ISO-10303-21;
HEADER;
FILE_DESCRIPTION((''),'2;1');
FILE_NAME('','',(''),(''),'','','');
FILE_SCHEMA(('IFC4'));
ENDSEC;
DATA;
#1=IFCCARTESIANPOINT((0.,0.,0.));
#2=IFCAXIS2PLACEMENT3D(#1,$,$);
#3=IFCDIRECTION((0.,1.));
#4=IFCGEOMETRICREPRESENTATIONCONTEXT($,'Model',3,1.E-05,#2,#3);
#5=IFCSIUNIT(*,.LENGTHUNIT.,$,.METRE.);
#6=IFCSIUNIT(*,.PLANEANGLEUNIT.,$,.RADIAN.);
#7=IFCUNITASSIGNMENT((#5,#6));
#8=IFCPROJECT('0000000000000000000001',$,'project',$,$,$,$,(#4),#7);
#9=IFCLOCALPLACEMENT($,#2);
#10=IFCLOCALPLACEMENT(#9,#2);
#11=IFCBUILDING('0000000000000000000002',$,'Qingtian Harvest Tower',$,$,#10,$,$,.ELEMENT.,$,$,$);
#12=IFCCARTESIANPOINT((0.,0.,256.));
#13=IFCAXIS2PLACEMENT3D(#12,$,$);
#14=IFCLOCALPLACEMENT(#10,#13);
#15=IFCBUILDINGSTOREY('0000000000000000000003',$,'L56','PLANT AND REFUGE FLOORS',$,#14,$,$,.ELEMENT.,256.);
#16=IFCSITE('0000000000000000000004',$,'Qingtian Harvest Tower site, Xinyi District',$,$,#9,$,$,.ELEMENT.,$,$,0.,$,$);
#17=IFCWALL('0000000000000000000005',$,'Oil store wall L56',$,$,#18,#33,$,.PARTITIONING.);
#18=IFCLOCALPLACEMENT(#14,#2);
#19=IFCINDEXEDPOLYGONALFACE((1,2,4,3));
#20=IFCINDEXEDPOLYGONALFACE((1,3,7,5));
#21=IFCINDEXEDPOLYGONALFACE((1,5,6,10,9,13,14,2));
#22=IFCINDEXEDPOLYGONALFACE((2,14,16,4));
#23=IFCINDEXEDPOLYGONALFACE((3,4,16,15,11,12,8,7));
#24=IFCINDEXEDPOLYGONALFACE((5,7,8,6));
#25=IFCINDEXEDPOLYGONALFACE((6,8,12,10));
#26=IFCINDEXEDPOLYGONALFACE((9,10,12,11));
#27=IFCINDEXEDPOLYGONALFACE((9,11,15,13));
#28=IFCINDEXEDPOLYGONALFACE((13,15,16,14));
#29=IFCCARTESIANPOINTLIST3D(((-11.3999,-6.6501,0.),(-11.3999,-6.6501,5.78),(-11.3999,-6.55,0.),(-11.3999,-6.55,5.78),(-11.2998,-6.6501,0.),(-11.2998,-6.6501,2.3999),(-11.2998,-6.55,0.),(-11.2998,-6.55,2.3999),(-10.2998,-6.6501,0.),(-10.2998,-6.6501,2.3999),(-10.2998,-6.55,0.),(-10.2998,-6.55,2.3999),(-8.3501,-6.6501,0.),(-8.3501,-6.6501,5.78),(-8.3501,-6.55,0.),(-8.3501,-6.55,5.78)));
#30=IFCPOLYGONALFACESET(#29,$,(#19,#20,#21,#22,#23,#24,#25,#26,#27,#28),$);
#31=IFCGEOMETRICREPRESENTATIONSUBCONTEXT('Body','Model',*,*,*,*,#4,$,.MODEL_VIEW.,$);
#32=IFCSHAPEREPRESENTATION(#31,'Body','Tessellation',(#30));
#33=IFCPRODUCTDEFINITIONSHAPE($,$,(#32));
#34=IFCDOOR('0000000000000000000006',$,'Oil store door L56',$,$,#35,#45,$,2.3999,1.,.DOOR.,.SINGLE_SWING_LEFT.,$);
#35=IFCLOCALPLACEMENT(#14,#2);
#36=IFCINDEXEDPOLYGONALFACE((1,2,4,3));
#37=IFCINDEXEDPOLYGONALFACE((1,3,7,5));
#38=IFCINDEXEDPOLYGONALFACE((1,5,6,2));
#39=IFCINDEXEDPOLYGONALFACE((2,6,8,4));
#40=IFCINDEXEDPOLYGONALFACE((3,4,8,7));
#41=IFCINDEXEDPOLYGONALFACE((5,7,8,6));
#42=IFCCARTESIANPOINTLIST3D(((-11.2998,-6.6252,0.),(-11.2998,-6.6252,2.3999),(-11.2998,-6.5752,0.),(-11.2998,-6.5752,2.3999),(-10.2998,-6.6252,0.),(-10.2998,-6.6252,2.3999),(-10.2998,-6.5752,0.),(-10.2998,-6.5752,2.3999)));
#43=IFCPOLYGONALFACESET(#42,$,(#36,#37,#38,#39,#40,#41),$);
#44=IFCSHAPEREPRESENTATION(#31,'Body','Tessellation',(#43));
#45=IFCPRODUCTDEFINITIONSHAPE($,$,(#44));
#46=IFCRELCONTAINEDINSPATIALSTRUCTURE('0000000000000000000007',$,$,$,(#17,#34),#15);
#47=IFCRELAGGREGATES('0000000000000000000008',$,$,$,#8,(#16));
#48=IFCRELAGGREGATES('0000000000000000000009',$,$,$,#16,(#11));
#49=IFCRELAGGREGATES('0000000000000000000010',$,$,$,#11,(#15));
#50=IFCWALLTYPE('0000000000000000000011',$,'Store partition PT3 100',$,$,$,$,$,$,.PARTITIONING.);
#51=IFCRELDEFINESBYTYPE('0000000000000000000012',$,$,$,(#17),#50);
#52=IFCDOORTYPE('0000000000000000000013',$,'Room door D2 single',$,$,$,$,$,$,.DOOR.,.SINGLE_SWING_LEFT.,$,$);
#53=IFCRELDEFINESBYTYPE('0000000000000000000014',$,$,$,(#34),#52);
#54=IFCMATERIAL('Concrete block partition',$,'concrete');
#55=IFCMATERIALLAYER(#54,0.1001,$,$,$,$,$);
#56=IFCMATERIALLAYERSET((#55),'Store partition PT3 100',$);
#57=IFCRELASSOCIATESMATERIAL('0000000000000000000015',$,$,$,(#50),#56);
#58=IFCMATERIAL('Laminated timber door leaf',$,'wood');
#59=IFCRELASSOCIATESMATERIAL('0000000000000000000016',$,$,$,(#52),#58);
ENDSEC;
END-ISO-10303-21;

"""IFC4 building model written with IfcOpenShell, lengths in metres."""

from ifc_helpers import new_model, si_unit, direction, frame, frame_2d, origin, place, context, subcontext, project, spatial, rectangle, extrude, material, layer, layer_set, type_object, element, fill, save


model = new_model("IFC4")

# Units and contexts
model_context = context("Model", 3, precision=1e-05, world=origin(), true_north=direction((0.0, 1.0)))
body_context = subcontext(model_context, "Body", "Model", "MODEL_VIEW")
ifc_project = project(units=[si_unit("LENGTHUNIT", "METRE"), si_unit("PLANEANGLEUNIT", "RADIAN")], contexts=[model_context])

# Site, building, storey
site_placement = place(None, origin())
site = spatial("IfcSite", under=ifc_project, at=site_placement, Name="Qingtian Harvest Tower site, Xinyi District", CompositionType="ELEMENT", RefElevation=0.0)
building_placement = place(site_placement, origin())
building = spatial("IfcBuilding", under=site, at=building_placement, Name="Qingtian Harvest Tower", CompositionType="ELEMENT")
storey_placement = place(building_placement, frame((0.0, 0.0, 256.0)))
storey = spatial("IfcBuildingStorey", under=building, at=storey_placement, Name="L56", Description="PLANT AND REFUGE FLOORS", CompositionType="ELEMENT", Elevation=256.0)

# Wall, opening, door
ifc_material_1 = material(Name="Concrete block partition", Category="concrete")
ifc_layer_1 = layer(ifc_material_1, 0.1001)
ifc_layer_set_1 = layer_set([ifc_layer_1], Name="Store partition PT3 100")
wall_type_1 = type_object("IfcWallType", Name="Store partition PT3 100", PredefinedType="PARTITIONING", material=ifc_layer_set_1)
wall_1_placement = place(storey_placement, frame((-11.3999, -6.6001, 0.0), z_axis=(0.0, 0.0, 1.0), x_axis=(1.0, 0.0, 0.0)))
wall_1 = element("IfcWall", 1, at=wall_1_placement, inside=storey, type_object=wall_type_1, Name="Oil store wall L56", PredefinedType="PARTITIONING", context=body_context, shape_type="SweptSolid", body=[
    extrude(rectangle(XDim=3.0498, YDim=0.1001, at=frame_2d((1.5249, 0.0))), origin(), (0.0, 0.0, 1.0), 5.78),
])
opening_1_placement = place(wall_1_placement, frame((0.1001, 0.0, 0.0)))
opening_1 = element("IfcOpeningElement", 2, at=opening_1_placement, cuts=wall_1, PredefinedType="OPENING", context=body_context, shape_type="SweptSolid", body=[
    extrude(rectangle(XDim=1.0, YDim=2.3999, at=frame_2d((0.5, 1.2))), frame((0.0, 0.0601, 0.0), z_axis=(0.0, -1.0, 0.0), x_axis=(1.0, 0.0, 0.0)), (0.0, 0.0, 1.0), 0.1201),
])
ifc_material_2 = material(Name="Laminated timber door leaf", Category="wood")
door_type_1 = type_object("IfcDoorType", Name="Room door D2 single", OperationType="SINGLE_SWING_LEFT", PredefinedType="DOOR", material=ifc_material_2)
door_1_placement = place(opening_1_placement, origin())
door_1 = element("IfcDoor", 3, at=door_1_placement, inside=storey, type_object=door_type_1, Name="Oil store door L56", OperationType="SINGLE_SWING_LEFT", OverallHeight=2.3999, OverallWidth=1.0, PredefinedType="DOOR", context=body_context, shape_type="SweptSolid", body=[
    extrude(rectangle(XDim=1.0, YDim=2.3999, at=frame_2d((0.5, 1.2))), frame((0.0, 0.0249, 0.0), z_axis=(0.0, -1.0, 0.0), x_axis=(1.0, 0.0, 0.0)), (0.0, 0.0, 1.0), 0.05),
])
fill(opening_1, door_1)

save(model, "model.ifc")
